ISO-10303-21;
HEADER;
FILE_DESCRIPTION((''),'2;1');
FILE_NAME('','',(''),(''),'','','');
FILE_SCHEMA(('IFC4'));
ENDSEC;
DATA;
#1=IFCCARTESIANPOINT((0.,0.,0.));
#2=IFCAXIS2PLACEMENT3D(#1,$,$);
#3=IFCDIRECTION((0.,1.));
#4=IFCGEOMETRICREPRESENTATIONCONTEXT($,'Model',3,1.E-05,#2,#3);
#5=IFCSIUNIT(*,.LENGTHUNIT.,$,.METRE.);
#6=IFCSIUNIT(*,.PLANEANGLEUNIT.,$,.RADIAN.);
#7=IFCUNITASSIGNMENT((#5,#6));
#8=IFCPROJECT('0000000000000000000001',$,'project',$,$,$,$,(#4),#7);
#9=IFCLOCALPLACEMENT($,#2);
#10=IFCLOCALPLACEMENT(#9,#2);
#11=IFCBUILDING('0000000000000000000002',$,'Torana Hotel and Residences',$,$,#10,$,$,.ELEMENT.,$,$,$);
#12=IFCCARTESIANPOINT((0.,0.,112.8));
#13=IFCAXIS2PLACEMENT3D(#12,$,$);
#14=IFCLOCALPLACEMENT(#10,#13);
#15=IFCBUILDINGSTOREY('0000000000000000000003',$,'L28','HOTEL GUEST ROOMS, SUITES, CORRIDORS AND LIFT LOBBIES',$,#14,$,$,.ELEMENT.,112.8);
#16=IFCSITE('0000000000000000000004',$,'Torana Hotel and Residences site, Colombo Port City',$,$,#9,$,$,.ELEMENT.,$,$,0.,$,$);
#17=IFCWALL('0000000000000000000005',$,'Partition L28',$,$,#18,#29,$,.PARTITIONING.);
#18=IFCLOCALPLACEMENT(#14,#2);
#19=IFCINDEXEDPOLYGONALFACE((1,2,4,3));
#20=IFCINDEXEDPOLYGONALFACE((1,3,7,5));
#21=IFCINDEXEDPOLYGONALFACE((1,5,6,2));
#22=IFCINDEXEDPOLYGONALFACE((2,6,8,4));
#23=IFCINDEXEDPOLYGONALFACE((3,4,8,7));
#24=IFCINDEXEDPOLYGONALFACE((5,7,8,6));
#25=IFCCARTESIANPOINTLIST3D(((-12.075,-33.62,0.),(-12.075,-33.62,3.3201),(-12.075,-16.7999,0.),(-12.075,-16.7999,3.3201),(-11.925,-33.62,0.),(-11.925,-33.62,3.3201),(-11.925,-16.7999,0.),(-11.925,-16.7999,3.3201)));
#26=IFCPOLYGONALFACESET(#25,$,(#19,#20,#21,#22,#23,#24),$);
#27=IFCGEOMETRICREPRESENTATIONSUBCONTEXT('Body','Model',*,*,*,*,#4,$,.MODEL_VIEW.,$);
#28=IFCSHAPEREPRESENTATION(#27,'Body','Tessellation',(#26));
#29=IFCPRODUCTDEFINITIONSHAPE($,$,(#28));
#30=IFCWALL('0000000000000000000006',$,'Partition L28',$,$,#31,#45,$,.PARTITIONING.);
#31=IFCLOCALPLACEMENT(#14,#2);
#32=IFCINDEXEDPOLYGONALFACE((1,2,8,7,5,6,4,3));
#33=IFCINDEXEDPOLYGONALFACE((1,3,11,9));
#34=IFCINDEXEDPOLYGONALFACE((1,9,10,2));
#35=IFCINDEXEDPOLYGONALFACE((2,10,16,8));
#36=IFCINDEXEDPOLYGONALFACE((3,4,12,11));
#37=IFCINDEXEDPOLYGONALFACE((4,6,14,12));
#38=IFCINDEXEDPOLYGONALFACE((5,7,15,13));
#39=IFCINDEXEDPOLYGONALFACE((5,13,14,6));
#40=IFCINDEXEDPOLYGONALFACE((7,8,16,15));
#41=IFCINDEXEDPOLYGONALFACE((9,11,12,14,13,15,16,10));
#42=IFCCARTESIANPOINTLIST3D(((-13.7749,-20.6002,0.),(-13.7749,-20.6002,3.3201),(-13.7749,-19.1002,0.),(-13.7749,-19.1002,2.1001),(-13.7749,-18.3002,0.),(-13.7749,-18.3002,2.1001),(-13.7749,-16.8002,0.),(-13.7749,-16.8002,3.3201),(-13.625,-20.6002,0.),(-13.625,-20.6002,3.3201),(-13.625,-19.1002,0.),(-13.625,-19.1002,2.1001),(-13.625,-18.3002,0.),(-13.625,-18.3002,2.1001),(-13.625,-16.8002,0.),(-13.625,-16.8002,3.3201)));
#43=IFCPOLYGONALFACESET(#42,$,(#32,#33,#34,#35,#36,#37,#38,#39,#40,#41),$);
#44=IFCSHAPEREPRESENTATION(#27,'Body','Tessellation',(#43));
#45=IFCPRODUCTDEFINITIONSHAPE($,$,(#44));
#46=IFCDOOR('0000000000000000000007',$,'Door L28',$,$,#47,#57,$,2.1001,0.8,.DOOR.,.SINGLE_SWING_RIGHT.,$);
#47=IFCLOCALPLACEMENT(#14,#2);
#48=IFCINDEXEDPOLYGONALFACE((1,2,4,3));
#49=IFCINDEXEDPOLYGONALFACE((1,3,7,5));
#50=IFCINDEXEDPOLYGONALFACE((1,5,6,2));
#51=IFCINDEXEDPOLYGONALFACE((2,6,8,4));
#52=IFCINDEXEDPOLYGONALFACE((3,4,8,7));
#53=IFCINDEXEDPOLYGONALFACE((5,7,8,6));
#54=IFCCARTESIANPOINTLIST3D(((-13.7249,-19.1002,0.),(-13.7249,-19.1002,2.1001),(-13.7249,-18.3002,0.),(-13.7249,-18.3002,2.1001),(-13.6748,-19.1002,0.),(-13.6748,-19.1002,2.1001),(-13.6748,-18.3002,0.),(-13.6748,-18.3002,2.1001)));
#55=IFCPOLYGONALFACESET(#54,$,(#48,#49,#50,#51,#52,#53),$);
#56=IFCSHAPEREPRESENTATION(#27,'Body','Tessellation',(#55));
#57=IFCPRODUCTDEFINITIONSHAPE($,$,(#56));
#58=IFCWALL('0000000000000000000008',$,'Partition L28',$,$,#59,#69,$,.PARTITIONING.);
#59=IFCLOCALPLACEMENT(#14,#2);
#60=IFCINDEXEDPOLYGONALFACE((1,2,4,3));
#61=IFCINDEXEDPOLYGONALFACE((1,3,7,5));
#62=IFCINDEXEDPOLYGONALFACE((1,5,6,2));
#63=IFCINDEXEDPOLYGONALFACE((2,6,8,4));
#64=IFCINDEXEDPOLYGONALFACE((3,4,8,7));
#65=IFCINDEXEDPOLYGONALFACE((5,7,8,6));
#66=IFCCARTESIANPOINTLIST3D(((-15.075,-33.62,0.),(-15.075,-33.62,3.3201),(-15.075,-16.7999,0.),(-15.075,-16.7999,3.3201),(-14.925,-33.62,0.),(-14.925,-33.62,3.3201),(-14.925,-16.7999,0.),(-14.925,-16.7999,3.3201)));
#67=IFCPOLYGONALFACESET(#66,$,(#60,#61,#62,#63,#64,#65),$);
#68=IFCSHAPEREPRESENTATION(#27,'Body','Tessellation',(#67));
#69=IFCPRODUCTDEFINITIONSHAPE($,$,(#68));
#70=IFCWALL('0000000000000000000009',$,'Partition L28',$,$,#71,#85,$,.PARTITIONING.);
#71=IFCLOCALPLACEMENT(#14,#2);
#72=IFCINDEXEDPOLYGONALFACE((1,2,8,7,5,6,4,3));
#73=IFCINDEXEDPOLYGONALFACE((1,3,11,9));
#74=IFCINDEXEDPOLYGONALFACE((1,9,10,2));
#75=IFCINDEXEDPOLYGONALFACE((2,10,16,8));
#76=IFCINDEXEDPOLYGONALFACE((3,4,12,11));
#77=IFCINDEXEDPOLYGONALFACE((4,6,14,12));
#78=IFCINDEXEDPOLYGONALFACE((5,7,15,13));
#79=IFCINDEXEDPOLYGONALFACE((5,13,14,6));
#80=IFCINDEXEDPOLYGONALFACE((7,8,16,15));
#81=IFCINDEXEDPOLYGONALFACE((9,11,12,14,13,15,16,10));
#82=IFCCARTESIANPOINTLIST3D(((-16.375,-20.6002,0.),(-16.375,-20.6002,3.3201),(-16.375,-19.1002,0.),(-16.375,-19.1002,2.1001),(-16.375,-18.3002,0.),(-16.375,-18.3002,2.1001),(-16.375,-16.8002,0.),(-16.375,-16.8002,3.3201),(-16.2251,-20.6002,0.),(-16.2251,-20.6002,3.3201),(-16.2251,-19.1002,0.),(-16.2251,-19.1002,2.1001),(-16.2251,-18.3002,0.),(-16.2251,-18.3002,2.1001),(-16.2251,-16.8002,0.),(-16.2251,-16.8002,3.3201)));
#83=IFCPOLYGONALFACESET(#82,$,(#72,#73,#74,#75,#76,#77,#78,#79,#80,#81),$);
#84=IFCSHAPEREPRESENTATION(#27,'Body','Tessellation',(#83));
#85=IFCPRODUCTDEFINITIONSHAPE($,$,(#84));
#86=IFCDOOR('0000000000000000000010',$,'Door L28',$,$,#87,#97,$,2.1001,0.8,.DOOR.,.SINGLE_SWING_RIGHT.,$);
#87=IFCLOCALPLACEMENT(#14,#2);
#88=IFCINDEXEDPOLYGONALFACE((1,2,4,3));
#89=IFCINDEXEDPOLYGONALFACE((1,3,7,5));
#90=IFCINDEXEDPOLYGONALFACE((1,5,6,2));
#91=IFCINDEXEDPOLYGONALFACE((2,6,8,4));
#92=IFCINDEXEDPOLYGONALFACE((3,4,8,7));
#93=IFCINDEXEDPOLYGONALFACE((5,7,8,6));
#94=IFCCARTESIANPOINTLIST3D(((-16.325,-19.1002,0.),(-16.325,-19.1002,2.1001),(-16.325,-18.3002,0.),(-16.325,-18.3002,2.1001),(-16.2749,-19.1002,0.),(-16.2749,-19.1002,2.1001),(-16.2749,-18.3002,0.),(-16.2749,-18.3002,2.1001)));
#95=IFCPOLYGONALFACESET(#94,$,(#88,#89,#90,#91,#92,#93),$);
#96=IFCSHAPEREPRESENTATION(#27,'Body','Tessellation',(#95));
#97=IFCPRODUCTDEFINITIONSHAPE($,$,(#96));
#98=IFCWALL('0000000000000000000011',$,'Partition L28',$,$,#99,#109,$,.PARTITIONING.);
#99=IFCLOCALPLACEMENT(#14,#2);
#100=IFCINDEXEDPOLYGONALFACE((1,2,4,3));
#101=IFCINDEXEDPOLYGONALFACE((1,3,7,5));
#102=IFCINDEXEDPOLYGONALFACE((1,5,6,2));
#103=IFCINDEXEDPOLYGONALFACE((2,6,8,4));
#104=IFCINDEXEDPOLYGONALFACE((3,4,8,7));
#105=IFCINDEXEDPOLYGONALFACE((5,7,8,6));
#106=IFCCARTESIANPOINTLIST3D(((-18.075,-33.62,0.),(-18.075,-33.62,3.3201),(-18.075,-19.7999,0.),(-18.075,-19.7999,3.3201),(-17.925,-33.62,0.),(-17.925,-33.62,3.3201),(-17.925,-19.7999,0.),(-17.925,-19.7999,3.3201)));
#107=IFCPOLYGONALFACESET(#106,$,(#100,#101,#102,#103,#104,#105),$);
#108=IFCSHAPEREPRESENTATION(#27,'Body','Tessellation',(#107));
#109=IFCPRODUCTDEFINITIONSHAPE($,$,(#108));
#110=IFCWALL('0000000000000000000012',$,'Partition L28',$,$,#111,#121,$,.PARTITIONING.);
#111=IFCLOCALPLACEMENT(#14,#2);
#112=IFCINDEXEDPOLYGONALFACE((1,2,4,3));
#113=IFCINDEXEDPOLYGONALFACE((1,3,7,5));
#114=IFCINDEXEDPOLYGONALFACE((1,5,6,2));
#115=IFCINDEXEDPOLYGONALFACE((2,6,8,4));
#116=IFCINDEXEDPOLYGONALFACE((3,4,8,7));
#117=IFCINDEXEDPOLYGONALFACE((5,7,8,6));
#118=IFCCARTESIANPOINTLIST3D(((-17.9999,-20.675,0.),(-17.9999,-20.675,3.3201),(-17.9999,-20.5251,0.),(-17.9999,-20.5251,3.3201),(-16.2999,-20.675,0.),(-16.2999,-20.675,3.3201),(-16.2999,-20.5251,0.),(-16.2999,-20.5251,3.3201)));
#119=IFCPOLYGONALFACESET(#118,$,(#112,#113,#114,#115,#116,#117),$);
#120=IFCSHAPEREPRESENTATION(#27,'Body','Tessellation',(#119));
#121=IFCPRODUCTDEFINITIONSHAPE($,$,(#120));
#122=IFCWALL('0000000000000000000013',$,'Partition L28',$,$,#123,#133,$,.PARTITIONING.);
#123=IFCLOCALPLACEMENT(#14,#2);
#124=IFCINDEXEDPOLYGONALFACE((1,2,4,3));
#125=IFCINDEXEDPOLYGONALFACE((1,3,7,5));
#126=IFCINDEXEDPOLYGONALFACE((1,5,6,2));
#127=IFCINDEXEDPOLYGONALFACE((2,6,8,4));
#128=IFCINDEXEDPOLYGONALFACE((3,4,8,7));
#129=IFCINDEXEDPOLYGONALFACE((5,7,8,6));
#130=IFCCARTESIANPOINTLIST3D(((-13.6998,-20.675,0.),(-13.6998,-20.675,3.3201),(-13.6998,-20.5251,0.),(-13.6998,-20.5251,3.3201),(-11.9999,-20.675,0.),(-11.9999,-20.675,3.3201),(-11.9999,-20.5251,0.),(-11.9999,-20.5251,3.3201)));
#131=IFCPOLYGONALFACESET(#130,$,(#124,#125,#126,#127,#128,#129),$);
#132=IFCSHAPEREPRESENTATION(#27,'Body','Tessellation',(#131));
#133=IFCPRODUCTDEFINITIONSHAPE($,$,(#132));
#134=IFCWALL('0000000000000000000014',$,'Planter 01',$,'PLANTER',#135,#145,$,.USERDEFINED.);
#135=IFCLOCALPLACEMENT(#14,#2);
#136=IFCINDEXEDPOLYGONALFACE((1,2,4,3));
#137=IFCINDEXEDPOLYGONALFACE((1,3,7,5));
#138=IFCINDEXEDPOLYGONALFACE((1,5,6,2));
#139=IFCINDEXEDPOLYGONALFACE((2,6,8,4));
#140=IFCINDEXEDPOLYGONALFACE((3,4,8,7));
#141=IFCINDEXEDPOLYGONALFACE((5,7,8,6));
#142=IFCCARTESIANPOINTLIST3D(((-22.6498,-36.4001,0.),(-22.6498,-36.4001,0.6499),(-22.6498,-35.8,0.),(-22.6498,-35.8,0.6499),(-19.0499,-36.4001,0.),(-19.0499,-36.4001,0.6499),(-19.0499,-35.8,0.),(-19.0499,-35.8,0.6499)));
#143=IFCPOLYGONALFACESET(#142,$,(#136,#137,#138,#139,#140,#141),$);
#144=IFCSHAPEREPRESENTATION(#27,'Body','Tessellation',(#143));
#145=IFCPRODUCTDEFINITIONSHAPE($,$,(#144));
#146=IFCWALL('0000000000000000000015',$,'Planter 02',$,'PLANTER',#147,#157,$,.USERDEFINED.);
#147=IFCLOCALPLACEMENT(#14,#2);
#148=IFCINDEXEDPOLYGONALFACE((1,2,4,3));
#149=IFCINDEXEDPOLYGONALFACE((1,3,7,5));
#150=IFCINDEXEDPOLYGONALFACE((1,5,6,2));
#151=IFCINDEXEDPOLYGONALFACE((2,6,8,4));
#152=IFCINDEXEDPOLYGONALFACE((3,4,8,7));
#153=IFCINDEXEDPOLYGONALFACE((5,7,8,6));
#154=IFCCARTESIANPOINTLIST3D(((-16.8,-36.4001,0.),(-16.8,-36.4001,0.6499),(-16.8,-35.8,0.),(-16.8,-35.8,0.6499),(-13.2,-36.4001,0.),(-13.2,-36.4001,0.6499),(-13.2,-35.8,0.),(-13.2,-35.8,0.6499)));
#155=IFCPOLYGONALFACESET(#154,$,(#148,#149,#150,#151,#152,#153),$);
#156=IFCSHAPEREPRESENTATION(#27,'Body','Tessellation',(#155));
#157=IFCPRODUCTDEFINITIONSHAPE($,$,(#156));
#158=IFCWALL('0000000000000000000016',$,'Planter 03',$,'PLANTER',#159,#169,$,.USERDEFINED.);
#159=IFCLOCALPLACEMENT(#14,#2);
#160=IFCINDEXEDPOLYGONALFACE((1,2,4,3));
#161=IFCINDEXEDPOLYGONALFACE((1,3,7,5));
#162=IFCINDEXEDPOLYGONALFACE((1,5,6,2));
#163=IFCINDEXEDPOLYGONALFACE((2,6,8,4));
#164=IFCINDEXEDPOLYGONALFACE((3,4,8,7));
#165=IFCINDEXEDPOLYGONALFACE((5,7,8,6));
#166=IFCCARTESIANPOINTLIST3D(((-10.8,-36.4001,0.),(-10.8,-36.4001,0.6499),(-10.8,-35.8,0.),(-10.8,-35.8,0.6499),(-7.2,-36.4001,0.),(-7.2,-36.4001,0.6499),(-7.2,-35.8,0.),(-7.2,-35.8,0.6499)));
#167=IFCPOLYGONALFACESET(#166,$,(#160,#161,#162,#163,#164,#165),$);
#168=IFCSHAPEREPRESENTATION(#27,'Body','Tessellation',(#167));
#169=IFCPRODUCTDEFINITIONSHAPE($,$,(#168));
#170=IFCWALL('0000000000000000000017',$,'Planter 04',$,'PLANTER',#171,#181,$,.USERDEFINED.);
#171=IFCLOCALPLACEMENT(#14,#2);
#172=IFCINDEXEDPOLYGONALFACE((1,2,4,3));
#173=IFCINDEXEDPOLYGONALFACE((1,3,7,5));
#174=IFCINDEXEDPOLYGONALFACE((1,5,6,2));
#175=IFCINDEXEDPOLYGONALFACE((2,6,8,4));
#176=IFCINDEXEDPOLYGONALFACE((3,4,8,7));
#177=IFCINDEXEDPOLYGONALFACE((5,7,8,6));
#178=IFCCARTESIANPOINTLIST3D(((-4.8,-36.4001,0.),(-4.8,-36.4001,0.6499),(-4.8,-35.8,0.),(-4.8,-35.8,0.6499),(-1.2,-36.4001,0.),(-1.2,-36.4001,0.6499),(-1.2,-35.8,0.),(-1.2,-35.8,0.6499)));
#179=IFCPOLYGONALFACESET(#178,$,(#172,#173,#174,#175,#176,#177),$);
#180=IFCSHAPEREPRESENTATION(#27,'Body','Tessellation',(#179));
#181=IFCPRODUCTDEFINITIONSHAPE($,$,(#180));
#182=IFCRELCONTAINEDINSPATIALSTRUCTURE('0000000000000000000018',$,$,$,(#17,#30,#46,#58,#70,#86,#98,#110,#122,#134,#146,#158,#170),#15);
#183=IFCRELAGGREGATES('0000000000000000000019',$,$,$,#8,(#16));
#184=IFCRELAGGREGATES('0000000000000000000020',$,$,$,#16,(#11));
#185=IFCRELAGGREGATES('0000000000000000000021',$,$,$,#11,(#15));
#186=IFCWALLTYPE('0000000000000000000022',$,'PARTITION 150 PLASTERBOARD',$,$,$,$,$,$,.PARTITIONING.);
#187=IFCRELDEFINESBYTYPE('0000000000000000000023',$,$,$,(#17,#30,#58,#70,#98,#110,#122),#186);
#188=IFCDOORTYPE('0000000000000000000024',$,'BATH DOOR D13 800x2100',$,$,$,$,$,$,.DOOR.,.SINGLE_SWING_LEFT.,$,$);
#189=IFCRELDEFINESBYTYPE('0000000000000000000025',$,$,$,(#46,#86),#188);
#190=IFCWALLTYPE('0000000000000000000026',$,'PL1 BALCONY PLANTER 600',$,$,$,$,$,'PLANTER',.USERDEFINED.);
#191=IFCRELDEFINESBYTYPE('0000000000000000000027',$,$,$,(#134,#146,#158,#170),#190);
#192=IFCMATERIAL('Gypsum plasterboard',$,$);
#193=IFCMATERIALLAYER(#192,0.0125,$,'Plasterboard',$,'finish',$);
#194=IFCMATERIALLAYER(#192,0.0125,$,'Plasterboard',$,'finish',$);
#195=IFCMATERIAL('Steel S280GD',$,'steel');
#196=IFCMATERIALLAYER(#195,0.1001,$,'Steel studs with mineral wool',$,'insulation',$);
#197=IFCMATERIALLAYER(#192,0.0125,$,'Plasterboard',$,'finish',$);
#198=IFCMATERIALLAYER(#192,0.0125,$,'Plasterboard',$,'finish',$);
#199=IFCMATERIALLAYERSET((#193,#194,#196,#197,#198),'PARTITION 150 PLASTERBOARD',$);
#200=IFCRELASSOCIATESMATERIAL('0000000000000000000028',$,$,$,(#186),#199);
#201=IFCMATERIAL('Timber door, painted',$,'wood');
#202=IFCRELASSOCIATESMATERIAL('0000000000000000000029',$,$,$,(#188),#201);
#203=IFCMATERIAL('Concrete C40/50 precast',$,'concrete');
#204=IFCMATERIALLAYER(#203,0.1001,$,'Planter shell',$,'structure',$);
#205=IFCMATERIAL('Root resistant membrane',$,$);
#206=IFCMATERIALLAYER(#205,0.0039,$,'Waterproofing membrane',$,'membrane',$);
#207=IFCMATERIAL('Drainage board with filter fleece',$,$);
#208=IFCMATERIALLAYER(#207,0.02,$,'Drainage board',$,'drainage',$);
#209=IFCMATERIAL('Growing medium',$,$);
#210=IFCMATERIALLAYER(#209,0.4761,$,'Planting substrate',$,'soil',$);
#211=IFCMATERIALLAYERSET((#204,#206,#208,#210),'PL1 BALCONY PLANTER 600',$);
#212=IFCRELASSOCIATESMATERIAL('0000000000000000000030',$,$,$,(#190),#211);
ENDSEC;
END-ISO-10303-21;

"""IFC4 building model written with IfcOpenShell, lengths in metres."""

from ifc_helpers import new_model, si_unit, direction, frame, frame_2d, origin, place, context, subcontext, project, spatial, rectangle, extrude, material, layer, layer_set, type_object, element, fill, save


model = new_model("IFC4")

# Units and contexts
model_context = context("Model", 3, precision=1e-05, world=origin(), true_north=direction((0.0, 1.0)))
body_context = subcontext(model_context, "Body", "Model", "MODEL_VIEW")
ifc_project = project(units=[si_unit("LENGTHUNIT", "METRE"), si_unit("PLANEANGLEUNIT", "RADIAN")], contexts=[model_context])

# Site, building, storey
site_placement = place(None, origin())
site = spatial("IfcSite", under=ifc_project, at=site_placement, Name="Torana Hotel and Residences site, Colombo Port City", CompositionType="ELEMENT", RefElevation=0.0)
building_placement = place(site_placement, origin())
building = spatial("IfcBuilding", under=site, at=building_placement, Name="Torana Hotel and Residences", CompositionType="ELEMENT")
storey_placement = place(building_placement, frame((0.0, 0.0, 112.8)))
storey = spatial("IfcBuildingStorey", under=building, at=storey_placement, Name="L28", Description="HOTEL GUEST ROOMS, SUITES, CORRIDORS AND LIFT LOBBIES", CompositionType="ELEMENT", Elevation=112.8)

# Wall
ifc_material_1 = material(Name="Gypsum plasterboard")
ifc_layer_1 = layer(ifc_material_1, 0.0125, Name="Plasterboard", Category="finish")
ifc_layer_2 = layer(ifc_material_1, 0.0125, Name="Plasterboard", Category="finish")
ifc_material_2 = material(Name="Steel S280GD", Category="steel")
ifc_layer_3 = layer(ifc_material_2, 0.1001, Name="Steel studs with mineral wool", Category="insulation")
ifc_layer_4 = layer(ifc_material_1, 0.0125, Name="Plasterboard", Category="finish")
ifc_layer_5 = layer(ifc_material_1, 0.0125, Name="Plasterboard", Category="finish")
ifc_layer_set_1 = layer_set([ifc_layer_1, ifc_layer_2, ifc_layer_3, ifc_layer_4, ifc_layer_5], Name="PARTITION 150 PLASTERBOARD")
wall_type_1 = type_object("IfcWallType", Name="PARTITION 150 PLASTERBOARD", PredefinedType="PARTITIONING", material=ifc_layer_set_1)
wall_1_placement = place(storey_placement, frame((-12.0, -33.6201, 0.0), z_axis=(0.0, 0.0, 1.0), x_axis=(0.0, 1.0, 0.0)))
element("IfcWall", 1, at=wall_1_placement, inside=storey, type_object=wall_type_1, Name="Partition L28", PredefinedType="PARTITIONING", context=body_context, shape_type="SweptSolid", body=[
    extrude(rectangle(XDim=16.8201, YDim=0.1499, at=frame_2d((8.4102, 0.0))), origin(), (0.0, 0.0, 1.0), 3.3201),
])

# Wall, opening, door
wall_2_placement = place(storey_placement, frame((-13.7, -20.6001, 0.0), z_axis=(0.0, 0.0, 1.0), x_axis=(0.0, 1.0, 0.0)))
wall_2 = element("IfcWall", 2, at=wall_2_placement, inside=storey, type_object=wall_type_1, Name="Partition L28", PredefinedType="PARTITIONING", context=body_context, shape_type="SweptSolid", body=[
    extrude(rectangle(XDim=3.8, YDim=0.1499, at=frame_2d((1.8999, 0.0))), origin(), (0.0, 0.0, 1.0), 3.3201),
])
opening_1_placement = place(wall_2_placement, frame((1.5, 0.0, 0.0)))
opening_1 = element("IfcOpeningElement", 3, at=opening_1_placement, cuts=wall_2, PredefinedType="OPENING", context=body_context, shape_type="SweptSolid", body=[
    extrude(rectangle(XDim=0.8, YDim=2.1001, at=frame_2d((0.3999, 1.05))), frame((0.0, 0.085, 0.0), z_axis=(0.0, -1.0, 0.0), x_axis=(1.0, 0.0, 0.0)), (0.0, 0.0, 1.0), 0.1699),
])
ifc_material_3 = material(Name="Timber door, painted", Category="wood")
door_type_1 = type_object("IfcDoorType", Name="BATH DOOR D13 800x2100", OperationType="SINGLE_SWING_LEFT", PredefinedType="DOOR", material=ifc_material_3)
door_1_placement = place(opening_1_placement, origin())
door_1 = element("IfcDoor", 4, at=door_1_placement, inside=storey, type_object=door_type_1, Name="Door L28", OperationType="SINGLE_SWING_RIGHT", OverallHeight=2.1001, OverallWidth=0.8, PredefinedType="DOOR", context=body_context, shape_type="SweptSolid", body=[
    extrude(rectangle(XDim=0.8, YDim=2.1001, at=frame_2d((0.3999, 1.05))), frame((0.0, 0.0249, 0.0), z_axis=(0.0, -1.0, 0.0), x_axis=(1.0, 0.0, 0.0)), (0.0, 0.0, 1.0), 0.05),
])
fill(opening_1, door_1)

# Wall
wall_3_placement = place(storey_placement, frame((-15.0, -33.6201, 0.0), z_axis=(0.0, 0.0, 1.0), x_axis=(0.0, 1.0, 0.0)))
element("IfcWall", 5, at=wall_3_placement, inside=storey, type_object=wall_type_1, Name="Partition L28", PredefinedType="PARTITIONING", context=body_context, shape_type="SweptSolid", body=[
    extrude(rectangle(XDim=16.8201, YDim=0.1499, at=frame_2d((8.4102, 0.0))), origin(), (0.0, 0.0, 1.0), 3.3201),
])

# Wall, opening, door
wall_4_placement = place(storey_placement, frame((-16.3, -20.6001, 0.0), z_axis=(0.0, 0.0, 1.0), x_axis=(0.0, 1.0, 0.0)))
wall_4 = element("IfcWall", 6, at=wall_4_placement, inside=storey, type_object=wall_type_1, Name="Partition L28", PredefinedType="PARTITIONING", context=body_context, shape_type="SweptSolid", body=[
    extrude(rectangle(XDim=3.8, YDim=0.1499, at=frame_2d((1.8999, 0.0))), origin(), (0.0, 0.0, 1.0), 3.3201),
])
opening_2_placement = place(wall_4_placement, frame((1.5, 0.0, 0.0)))
opening_2 = element("IfcOpeningElement", 7, at=opening_2_placement, cuts=wall_4, PredefinedType="OPENING", context=body_context, shape_type="SweptSolid", body=[
    extrude(rectangle(XDim=0.8, YDim=2.1001, at=frame_2d((0.3999, 1.05))), frame((0.0, 0.085, 0.0), z_axis=(0.0, -1.0, 0.0), x_axis=(1.0, 0.0, 0.0)), (0.0, 0.0, 1.0), 0.1699),
])
door_2_placement = place(opening_2_placement, origin())
door_2 = element("IfcDoor", 8, at=door_2_placement, inside=storey, type_object=door_type_1, Name="Door L28", OperationType="SINGLE_SWING_RIGHT", OverallHeight=2.1001, OverallWidth=0.8, PredefinedType="DOOR", context=body_context, shape_type="SweptSolid", body=[
    extrude(rectangle(XDim=0.8, YDim=2.1001, at=frame_2d((0.3999, 1.05))), frame((0.0, 0.0249, 0.0), z_axis=(0.0, -1.0, 0.0), x_axis=(1.0, 0.0, 0.0)), (0.0, 0.0, 1.0), 0.05),
])
fill(opening_2, door_2)

# Walls
wall_5_placement = place(storey_placement, frame((-18.0, -33.6201, 0.0), z_axis=(0.0, 0.0, 1.0), x_axis=(0.0, 1.0, 0.0)))
element("IfcWall", 9, at=wall_5_placement, inside=storey, type_object=wall_type_1, Name="Partition L28", PredefinedType="PARTITIONING", context=body_context, shape_type="SweptSolid", body=[
    extrude(rectangle(XDim=13.8201, YDim=0.1499, at=frame_2d((6.9102, 0.0))), origin(), (0.0, 0.0, 1.0), 3.3201),
])
for number, where, z_axis, x_axis, name in (
    (10, (-18.0, -20.6001, 0.0), (0.0, 0.0, 1.0), (1.0, 0.0, 0.0), "Partition L28"),
    (11, (-13.7, -20.6001, 0.0), (0.0, 0.0, 1.0), (1.0, 0.0, 0.0), "Partition L28"),
):
    element("IfcWall", number, at=place(storey_placement, frame(where, z_axis=z_axis, x_axis=x_axis)), inside=storey, type_object=wall_type_1, Name=name, PredefinedType="PARTITIONING", context=body_context, shape_type="SweptSolid", body=[
        extrude(rectangle(XDim=1.7, YDim=0.1499, at=frame_2d((0.8501, 0.0))), origin(), (0.0, 0.0, 1.0), 3.3201),
    ])
ifc_material_4 = material(Name="Concrete C40/50 precast", Category="concrete")
ifc_layer_6 = layer(ifc_material_4, 0.1001, Name="Planter shell", Category="structure")
ifc_material_5 = material(Name="Root resistant membrane")
ifc_layer_7 = layer(ifc_material_5, 0.0039, Name="Waterproofing membrane", Category="membrane")
ifc_material_6 = material(Name="Drainage board with filter fleece")
ifc_layer_8 = layer(ifc_material_6, 0.02, Name="Drainage board", Category="drainage")
ifc_material_7 = material(Name="Growing medium")
ifc_layer_9 = layer(ifc_material_7, 0.4761, Name="Planting substrate", Category="soil")
ifc_layer_set_2 = layer_set([ifc_layer_6, ifc_layer_7, ifc_layer_8, ifc_layer_9], Name="PL1 BALCONY PLANTER 600")
wall_type_2 = type_object("IfcWallType", Name="PL1 BALCONY PLANTER 600", ElementType="PLANTER", PredefinedType="USERDEFINED", material=ifc_layer_set_2)
wall_6_placement = place(storey_placement, frame((-19.05, -36.1001, 0.0), z_axis=(0.0, 0.0, 1.0), x_axis=(-1.0, 0.0, 0.0)))
element("IfcWall", 12, at=wall_6_placement, inside=storey, type_object=wall_type_2, Name="Planter 01", ObjectType="PLANTER", PredefinedType="USERDEFINED", context=body_context, shape_type="SweptSolid", body=[
    extrude(rectangle(XDim=3.5999, YDim=0.6001, at=frame_2d((1.7998, 0.0))), origin(), (0.0, 0.0, 1.0), 0.6499),
])
for number, where, z_axis, x_axis, name in (
    (13, (-13.2, -36.1001, 0.0), (0.0, 0.0, 1.0), (-1.0, 0.0, 0.0), "Planter 02"),
    (14, (-7.2, -36.1001, 0.0), (0.0, 0.0, 1.0), (-1.0, 0.0, 0.0), "Planter 03"),
    (15, (-1.2, -36.1001, 0.0), (0.0, 0.0, 1.0), (-1.0, 0.0, 0.0), "Planter 04"),
):
    element("IfcWall", number, at=place(storey_placement, frame(where, z_axis=z_axis, x_axis=x_axis)), inside=storey, type_object=wall_type_2, Name=name, ObjectType="PLANTER", PredefinedType="USERDEFINED", context=body_context, shape_type="SweptSolid", body=[
        extrude(rectangle(XDim=3.6001, YDim=0.6001, at=frame_2d((1.8, 0.0))), origin(), (0.0, 0.0, 1.0), 0.6499),
    ])

save(model, "model.ifc")
